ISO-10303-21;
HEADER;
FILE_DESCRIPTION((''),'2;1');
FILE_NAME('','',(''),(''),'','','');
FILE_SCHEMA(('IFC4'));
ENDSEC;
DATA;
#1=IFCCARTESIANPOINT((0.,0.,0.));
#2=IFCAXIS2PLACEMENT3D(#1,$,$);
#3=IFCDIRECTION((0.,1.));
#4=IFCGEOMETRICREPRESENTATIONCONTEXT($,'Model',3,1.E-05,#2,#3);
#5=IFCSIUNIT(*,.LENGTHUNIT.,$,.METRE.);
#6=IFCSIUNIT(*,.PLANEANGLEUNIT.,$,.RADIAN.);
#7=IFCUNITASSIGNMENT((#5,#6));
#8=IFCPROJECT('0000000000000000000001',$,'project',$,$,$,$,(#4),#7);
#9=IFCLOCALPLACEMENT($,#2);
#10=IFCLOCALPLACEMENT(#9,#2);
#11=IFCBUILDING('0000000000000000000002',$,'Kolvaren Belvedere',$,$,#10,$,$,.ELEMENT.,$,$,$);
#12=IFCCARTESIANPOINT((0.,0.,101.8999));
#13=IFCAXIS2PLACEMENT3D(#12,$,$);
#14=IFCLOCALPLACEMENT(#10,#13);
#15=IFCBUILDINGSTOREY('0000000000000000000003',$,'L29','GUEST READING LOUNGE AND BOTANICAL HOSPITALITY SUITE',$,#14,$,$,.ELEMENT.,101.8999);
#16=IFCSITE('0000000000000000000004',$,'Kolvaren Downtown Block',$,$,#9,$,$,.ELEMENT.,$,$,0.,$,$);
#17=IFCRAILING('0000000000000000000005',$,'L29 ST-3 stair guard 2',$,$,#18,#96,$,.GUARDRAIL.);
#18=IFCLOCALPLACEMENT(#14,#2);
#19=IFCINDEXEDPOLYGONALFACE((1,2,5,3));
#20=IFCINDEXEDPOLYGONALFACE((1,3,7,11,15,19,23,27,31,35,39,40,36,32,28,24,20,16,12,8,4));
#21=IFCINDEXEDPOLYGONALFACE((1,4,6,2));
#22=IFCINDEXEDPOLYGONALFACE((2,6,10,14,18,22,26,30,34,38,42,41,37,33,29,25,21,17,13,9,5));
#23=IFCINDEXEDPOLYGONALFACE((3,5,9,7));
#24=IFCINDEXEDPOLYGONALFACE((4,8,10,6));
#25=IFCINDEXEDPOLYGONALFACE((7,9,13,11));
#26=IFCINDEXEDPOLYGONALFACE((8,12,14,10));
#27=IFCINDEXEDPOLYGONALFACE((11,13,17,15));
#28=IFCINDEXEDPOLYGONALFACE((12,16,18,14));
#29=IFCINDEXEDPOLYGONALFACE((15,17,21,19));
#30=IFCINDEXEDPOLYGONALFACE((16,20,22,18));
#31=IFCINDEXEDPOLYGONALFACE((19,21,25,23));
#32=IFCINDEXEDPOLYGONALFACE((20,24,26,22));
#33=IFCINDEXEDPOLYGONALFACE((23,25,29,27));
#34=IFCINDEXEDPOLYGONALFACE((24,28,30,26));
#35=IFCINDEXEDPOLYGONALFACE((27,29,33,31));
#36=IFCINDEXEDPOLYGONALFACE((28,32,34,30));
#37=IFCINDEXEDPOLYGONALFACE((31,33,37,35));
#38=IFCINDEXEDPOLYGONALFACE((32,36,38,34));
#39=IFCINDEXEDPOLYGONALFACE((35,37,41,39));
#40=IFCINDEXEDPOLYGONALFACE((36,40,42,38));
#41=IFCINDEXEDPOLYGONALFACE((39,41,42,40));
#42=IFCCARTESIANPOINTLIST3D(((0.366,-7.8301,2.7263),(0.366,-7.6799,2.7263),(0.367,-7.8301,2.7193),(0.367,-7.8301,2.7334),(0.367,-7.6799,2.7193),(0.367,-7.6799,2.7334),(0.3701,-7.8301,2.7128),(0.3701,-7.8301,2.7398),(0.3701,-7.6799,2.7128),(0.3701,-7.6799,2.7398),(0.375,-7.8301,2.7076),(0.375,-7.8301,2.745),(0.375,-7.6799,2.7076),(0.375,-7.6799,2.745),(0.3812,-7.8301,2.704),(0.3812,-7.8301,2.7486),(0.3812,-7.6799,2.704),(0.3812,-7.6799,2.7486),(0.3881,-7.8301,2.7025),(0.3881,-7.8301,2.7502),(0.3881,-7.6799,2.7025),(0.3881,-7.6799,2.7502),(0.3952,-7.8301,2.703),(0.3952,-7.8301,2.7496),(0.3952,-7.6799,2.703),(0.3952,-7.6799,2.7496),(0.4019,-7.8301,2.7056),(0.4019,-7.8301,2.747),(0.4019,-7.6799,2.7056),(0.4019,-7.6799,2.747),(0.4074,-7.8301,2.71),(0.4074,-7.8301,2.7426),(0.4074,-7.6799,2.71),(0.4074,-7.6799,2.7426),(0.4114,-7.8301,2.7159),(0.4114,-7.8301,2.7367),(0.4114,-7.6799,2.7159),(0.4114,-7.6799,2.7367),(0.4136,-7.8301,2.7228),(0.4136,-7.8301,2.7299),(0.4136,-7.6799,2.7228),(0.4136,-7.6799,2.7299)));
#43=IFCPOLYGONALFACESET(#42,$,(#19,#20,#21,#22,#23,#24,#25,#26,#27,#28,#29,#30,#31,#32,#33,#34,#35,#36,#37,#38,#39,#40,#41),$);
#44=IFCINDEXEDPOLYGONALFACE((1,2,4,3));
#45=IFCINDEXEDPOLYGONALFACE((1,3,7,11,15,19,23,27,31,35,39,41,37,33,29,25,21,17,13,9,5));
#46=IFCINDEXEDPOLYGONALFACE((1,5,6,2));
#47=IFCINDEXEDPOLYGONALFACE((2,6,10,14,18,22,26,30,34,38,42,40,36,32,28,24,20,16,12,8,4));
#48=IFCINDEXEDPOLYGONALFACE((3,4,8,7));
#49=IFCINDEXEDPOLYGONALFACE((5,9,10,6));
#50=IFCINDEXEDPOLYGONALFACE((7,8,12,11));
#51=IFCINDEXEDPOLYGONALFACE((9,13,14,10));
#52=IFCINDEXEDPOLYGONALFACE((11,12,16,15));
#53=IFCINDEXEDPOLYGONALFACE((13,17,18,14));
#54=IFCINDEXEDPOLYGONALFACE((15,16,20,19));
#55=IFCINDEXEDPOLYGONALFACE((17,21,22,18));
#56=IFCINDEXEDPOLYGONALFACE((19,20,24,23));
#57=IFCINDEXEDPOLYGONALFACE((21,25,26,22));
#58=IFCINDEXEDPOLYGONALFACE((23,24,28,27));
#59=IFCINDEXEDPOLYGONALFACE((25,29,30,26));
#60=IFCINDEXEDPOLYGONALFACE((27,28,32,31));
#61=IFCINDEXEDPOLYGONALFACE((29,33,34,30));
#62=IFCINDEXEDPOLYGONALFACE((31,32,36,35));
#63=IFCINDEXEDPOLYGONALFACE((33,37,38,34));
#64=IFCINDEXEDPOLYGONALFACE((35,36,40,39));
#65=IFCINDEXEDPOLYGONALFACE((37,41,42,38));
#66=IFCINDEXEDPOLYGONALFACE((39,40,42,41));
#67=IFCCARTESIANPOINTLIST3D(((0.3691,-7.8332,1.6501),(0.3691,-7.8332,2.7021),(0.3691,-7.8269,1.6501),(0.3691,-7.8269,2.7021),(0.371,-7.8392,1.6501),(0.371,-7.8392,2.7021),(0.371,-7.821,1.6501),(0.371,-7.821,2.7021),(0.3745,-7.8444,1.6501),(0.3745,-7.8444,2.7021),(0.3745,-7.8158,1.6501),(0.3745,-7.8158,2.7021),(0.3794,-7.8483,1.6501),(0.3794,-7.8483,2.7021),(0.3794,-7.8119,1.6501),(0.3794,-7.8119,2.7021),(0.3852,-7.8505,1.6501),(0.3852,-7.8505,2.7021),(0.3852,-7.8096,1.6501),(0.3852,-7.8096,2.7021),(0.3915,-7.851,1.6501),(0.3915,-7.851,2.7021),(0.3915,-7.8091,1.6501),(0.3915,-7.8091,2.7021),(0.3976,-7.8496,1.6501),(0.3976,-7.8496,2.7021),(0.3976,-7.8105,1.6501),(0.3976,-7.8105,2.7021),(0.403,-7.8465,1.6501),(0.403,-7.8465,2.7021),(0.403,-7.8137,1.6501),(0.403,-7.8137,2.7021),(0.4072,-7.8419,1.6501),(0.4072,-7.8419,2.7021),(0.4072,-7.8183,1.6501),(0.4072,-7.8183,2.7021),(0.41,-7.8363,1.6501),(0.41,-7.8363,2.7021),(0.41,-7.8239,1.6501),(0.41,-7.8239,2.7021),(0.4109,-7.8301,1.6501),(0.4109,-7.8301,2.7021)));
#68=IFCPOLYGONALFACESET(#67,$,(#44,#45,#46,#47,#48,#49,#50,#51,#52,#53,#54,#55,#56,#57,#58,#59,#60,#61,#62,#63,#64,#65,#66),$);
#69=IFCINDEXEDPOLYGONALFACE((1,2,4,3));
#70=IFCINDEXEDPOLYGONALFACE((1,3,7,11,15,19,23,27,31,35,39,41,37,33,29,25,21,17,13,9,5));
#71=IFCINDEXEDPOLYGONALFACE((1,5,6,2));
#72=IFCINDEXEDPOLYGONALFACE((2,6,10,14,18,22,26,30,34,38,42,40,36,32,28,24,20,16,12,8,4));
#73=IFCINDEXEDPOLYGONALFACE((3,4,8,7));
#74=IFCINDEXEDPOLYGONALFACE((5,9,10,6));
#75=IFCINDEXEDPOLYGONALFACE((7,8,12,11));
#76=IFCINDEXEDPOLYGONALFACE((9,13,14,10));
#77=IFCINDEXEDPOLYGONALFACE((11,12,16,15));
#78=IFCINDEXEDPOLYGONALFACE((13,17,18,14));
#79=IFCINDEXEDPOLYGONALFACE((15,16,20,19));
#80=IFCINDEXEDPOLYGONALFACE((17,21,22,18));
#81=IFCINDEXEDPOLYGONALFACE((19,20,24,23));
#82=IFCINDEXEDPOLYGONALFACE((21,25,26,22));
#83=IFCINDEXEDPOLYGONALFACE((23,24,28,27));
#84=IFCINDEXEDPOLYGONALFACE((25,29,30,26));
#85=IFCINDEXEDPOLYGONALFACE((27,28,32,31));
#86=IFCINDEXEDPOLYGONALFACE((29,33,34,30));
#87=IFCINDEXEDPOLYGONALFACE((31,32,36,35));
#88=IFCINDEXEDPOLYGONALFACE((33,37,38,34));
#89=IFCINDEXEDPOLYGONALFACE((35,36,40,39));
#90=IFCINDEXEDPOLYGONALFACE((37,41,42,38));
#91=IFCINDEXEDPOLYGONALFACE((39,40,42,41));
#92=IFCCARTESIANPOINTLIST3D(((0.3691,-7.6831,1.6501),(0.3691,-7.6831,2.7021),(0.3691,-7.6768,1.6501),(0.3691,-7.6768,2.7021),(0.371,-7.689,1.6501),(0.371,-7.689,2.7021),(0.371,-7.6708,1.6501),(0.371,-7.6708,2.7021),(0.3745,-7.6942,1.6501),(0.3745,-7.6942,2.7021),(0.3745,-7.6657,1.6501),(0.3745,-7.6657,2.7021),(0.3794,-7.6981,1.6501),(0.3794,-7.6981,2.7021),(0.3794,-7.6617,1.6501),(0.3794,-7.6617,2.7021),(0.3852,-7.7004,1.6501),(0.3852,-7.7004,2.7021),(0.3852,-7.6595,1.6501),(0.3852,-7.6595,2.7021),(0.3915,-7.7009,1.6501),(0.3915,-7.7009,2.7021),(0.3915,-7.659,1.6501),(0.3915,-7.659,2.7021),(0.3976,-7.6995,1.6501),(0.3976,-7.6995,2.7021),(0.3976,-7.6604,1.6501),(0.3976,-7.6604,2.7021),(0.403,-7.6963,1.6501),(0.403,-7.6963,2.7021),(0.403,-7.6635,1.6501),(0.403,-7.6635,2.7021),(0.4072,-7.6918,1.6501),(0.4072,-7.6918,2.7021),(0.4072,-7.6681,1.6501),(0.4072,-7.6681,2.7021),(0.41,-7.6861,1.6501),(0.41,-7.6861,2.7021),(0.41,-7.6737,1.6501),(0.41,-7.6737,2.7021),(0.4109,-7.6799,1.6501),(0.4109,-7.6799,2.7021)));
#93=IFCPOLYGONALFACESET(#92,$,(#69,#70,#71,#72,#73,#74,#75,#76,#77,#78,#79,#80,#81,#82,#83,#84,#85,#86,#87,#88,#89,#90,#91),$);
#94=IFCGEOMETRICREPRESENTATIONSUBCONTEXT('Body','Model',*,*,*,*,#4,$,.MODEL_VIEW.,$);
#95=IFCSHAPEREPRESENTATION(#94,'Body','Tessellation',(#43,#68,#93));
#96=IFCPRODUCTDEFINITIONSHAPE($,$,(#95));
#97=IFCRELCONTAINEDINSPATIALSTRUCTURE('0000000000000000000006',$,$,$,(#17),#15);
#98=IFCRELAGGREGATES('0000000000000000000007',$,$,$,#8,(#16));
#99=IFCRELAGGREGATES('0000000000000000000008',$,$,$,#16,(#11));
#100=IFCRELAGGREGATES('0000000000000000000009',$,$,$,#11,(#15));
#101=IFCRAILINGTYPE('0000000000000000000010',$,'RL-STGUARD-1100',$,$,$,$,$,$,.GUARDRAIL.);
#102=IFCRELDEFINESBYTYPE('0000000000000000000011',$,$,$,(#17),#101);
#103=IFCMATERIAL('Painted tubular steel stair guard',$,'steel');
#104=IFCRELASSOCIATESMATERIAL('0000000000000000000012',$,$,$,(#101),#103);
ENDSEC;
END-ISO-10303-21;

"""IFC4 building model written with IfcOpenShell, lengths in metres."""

from ifc_helpers import new_model, si_unit, direction, frame, origin, origin_2d, place, context, subcontext, project, spatial, circle, extrude, material, type_object, element, save


model = new_model("IFC4")

# Units and contexts
model_context = context("Model", 3, precision=1e-05, world=origin(), true_north=direction((0.0, 1.0)))
body_context = subcontext(model_context, "Body", "Model", "MODEL_VIEW")
ifc_project = project(units=[si_unit("LENGTHUNIT", "METRE"), si_unit("PLANEANGLEUNIT", "RADIAN")], contexts=[model_context])

# Site, building, storey
site_placement = place(None, origin())
site = spatial("IfcSite", under=ifc_project, at=site_placement, Name="Kolvaren Downtown Block", CompositionType="ELEMENT", RefElevation=0.0)
building_placement = place(site_placement, origin())
building = spatial("IfcBuilding", under=site, at=building_placement, Name="Kolvaren Belvedere", CompositionType="ELEMENT")
storey_placement = place(building_placement, frame((0.0, 0.0, 101.8999)))
storey = spatial("IfcBuildingStorey", under=building, at=storey_placement, Name="L29", Description="GUEST READING LOUNGE AND BOTANICAL HOSPITALITY SUITE", CompositionType="ELEMENT", Elevation=101.8999)

# Railing
ifc_material_1 = material(Name="Painted tubular steel stair guard", Category="steel")
railing_type_1 = type_object("IfcRailingType", Name="RL-STGUARD-1100", PredefinedType="GUARDRAIL", material=ifc_material_1)
railing_1_placement = place(storey_placement, frame((0.3899, -7.8301, 1.6501)))
element("IfcRailing", 1, at=railing_1_placement, inside=storey, type_object=railing_type_1, Name="L29 ST-3 stair guard 2", PredefinedType="GUARDRAIL", context=body_context, shape_type="SweptSolid", body=[
    extrude(circle(Radius=0.0239, at=origin_2d()), frame((0.0, 0.0, 1.0762), z_axis=(0.0, 1.0, 0.0), x_axis=(-1.0, 0.0, 0.0)), (0.0, 0.0, 1.0), 0.1501),
    extrude(circle(Radius=0.021, at=origin_2d()), origin(), (0.0, 0.0, 1.0), 1.052),
    extrude(circle(Radius=0.021, at=origin_2d()), frame((0.0, 0.1501, 0.0)), (0.0, 0.0, 1.0), 1.052),
])

save(model, "model.ifc")
